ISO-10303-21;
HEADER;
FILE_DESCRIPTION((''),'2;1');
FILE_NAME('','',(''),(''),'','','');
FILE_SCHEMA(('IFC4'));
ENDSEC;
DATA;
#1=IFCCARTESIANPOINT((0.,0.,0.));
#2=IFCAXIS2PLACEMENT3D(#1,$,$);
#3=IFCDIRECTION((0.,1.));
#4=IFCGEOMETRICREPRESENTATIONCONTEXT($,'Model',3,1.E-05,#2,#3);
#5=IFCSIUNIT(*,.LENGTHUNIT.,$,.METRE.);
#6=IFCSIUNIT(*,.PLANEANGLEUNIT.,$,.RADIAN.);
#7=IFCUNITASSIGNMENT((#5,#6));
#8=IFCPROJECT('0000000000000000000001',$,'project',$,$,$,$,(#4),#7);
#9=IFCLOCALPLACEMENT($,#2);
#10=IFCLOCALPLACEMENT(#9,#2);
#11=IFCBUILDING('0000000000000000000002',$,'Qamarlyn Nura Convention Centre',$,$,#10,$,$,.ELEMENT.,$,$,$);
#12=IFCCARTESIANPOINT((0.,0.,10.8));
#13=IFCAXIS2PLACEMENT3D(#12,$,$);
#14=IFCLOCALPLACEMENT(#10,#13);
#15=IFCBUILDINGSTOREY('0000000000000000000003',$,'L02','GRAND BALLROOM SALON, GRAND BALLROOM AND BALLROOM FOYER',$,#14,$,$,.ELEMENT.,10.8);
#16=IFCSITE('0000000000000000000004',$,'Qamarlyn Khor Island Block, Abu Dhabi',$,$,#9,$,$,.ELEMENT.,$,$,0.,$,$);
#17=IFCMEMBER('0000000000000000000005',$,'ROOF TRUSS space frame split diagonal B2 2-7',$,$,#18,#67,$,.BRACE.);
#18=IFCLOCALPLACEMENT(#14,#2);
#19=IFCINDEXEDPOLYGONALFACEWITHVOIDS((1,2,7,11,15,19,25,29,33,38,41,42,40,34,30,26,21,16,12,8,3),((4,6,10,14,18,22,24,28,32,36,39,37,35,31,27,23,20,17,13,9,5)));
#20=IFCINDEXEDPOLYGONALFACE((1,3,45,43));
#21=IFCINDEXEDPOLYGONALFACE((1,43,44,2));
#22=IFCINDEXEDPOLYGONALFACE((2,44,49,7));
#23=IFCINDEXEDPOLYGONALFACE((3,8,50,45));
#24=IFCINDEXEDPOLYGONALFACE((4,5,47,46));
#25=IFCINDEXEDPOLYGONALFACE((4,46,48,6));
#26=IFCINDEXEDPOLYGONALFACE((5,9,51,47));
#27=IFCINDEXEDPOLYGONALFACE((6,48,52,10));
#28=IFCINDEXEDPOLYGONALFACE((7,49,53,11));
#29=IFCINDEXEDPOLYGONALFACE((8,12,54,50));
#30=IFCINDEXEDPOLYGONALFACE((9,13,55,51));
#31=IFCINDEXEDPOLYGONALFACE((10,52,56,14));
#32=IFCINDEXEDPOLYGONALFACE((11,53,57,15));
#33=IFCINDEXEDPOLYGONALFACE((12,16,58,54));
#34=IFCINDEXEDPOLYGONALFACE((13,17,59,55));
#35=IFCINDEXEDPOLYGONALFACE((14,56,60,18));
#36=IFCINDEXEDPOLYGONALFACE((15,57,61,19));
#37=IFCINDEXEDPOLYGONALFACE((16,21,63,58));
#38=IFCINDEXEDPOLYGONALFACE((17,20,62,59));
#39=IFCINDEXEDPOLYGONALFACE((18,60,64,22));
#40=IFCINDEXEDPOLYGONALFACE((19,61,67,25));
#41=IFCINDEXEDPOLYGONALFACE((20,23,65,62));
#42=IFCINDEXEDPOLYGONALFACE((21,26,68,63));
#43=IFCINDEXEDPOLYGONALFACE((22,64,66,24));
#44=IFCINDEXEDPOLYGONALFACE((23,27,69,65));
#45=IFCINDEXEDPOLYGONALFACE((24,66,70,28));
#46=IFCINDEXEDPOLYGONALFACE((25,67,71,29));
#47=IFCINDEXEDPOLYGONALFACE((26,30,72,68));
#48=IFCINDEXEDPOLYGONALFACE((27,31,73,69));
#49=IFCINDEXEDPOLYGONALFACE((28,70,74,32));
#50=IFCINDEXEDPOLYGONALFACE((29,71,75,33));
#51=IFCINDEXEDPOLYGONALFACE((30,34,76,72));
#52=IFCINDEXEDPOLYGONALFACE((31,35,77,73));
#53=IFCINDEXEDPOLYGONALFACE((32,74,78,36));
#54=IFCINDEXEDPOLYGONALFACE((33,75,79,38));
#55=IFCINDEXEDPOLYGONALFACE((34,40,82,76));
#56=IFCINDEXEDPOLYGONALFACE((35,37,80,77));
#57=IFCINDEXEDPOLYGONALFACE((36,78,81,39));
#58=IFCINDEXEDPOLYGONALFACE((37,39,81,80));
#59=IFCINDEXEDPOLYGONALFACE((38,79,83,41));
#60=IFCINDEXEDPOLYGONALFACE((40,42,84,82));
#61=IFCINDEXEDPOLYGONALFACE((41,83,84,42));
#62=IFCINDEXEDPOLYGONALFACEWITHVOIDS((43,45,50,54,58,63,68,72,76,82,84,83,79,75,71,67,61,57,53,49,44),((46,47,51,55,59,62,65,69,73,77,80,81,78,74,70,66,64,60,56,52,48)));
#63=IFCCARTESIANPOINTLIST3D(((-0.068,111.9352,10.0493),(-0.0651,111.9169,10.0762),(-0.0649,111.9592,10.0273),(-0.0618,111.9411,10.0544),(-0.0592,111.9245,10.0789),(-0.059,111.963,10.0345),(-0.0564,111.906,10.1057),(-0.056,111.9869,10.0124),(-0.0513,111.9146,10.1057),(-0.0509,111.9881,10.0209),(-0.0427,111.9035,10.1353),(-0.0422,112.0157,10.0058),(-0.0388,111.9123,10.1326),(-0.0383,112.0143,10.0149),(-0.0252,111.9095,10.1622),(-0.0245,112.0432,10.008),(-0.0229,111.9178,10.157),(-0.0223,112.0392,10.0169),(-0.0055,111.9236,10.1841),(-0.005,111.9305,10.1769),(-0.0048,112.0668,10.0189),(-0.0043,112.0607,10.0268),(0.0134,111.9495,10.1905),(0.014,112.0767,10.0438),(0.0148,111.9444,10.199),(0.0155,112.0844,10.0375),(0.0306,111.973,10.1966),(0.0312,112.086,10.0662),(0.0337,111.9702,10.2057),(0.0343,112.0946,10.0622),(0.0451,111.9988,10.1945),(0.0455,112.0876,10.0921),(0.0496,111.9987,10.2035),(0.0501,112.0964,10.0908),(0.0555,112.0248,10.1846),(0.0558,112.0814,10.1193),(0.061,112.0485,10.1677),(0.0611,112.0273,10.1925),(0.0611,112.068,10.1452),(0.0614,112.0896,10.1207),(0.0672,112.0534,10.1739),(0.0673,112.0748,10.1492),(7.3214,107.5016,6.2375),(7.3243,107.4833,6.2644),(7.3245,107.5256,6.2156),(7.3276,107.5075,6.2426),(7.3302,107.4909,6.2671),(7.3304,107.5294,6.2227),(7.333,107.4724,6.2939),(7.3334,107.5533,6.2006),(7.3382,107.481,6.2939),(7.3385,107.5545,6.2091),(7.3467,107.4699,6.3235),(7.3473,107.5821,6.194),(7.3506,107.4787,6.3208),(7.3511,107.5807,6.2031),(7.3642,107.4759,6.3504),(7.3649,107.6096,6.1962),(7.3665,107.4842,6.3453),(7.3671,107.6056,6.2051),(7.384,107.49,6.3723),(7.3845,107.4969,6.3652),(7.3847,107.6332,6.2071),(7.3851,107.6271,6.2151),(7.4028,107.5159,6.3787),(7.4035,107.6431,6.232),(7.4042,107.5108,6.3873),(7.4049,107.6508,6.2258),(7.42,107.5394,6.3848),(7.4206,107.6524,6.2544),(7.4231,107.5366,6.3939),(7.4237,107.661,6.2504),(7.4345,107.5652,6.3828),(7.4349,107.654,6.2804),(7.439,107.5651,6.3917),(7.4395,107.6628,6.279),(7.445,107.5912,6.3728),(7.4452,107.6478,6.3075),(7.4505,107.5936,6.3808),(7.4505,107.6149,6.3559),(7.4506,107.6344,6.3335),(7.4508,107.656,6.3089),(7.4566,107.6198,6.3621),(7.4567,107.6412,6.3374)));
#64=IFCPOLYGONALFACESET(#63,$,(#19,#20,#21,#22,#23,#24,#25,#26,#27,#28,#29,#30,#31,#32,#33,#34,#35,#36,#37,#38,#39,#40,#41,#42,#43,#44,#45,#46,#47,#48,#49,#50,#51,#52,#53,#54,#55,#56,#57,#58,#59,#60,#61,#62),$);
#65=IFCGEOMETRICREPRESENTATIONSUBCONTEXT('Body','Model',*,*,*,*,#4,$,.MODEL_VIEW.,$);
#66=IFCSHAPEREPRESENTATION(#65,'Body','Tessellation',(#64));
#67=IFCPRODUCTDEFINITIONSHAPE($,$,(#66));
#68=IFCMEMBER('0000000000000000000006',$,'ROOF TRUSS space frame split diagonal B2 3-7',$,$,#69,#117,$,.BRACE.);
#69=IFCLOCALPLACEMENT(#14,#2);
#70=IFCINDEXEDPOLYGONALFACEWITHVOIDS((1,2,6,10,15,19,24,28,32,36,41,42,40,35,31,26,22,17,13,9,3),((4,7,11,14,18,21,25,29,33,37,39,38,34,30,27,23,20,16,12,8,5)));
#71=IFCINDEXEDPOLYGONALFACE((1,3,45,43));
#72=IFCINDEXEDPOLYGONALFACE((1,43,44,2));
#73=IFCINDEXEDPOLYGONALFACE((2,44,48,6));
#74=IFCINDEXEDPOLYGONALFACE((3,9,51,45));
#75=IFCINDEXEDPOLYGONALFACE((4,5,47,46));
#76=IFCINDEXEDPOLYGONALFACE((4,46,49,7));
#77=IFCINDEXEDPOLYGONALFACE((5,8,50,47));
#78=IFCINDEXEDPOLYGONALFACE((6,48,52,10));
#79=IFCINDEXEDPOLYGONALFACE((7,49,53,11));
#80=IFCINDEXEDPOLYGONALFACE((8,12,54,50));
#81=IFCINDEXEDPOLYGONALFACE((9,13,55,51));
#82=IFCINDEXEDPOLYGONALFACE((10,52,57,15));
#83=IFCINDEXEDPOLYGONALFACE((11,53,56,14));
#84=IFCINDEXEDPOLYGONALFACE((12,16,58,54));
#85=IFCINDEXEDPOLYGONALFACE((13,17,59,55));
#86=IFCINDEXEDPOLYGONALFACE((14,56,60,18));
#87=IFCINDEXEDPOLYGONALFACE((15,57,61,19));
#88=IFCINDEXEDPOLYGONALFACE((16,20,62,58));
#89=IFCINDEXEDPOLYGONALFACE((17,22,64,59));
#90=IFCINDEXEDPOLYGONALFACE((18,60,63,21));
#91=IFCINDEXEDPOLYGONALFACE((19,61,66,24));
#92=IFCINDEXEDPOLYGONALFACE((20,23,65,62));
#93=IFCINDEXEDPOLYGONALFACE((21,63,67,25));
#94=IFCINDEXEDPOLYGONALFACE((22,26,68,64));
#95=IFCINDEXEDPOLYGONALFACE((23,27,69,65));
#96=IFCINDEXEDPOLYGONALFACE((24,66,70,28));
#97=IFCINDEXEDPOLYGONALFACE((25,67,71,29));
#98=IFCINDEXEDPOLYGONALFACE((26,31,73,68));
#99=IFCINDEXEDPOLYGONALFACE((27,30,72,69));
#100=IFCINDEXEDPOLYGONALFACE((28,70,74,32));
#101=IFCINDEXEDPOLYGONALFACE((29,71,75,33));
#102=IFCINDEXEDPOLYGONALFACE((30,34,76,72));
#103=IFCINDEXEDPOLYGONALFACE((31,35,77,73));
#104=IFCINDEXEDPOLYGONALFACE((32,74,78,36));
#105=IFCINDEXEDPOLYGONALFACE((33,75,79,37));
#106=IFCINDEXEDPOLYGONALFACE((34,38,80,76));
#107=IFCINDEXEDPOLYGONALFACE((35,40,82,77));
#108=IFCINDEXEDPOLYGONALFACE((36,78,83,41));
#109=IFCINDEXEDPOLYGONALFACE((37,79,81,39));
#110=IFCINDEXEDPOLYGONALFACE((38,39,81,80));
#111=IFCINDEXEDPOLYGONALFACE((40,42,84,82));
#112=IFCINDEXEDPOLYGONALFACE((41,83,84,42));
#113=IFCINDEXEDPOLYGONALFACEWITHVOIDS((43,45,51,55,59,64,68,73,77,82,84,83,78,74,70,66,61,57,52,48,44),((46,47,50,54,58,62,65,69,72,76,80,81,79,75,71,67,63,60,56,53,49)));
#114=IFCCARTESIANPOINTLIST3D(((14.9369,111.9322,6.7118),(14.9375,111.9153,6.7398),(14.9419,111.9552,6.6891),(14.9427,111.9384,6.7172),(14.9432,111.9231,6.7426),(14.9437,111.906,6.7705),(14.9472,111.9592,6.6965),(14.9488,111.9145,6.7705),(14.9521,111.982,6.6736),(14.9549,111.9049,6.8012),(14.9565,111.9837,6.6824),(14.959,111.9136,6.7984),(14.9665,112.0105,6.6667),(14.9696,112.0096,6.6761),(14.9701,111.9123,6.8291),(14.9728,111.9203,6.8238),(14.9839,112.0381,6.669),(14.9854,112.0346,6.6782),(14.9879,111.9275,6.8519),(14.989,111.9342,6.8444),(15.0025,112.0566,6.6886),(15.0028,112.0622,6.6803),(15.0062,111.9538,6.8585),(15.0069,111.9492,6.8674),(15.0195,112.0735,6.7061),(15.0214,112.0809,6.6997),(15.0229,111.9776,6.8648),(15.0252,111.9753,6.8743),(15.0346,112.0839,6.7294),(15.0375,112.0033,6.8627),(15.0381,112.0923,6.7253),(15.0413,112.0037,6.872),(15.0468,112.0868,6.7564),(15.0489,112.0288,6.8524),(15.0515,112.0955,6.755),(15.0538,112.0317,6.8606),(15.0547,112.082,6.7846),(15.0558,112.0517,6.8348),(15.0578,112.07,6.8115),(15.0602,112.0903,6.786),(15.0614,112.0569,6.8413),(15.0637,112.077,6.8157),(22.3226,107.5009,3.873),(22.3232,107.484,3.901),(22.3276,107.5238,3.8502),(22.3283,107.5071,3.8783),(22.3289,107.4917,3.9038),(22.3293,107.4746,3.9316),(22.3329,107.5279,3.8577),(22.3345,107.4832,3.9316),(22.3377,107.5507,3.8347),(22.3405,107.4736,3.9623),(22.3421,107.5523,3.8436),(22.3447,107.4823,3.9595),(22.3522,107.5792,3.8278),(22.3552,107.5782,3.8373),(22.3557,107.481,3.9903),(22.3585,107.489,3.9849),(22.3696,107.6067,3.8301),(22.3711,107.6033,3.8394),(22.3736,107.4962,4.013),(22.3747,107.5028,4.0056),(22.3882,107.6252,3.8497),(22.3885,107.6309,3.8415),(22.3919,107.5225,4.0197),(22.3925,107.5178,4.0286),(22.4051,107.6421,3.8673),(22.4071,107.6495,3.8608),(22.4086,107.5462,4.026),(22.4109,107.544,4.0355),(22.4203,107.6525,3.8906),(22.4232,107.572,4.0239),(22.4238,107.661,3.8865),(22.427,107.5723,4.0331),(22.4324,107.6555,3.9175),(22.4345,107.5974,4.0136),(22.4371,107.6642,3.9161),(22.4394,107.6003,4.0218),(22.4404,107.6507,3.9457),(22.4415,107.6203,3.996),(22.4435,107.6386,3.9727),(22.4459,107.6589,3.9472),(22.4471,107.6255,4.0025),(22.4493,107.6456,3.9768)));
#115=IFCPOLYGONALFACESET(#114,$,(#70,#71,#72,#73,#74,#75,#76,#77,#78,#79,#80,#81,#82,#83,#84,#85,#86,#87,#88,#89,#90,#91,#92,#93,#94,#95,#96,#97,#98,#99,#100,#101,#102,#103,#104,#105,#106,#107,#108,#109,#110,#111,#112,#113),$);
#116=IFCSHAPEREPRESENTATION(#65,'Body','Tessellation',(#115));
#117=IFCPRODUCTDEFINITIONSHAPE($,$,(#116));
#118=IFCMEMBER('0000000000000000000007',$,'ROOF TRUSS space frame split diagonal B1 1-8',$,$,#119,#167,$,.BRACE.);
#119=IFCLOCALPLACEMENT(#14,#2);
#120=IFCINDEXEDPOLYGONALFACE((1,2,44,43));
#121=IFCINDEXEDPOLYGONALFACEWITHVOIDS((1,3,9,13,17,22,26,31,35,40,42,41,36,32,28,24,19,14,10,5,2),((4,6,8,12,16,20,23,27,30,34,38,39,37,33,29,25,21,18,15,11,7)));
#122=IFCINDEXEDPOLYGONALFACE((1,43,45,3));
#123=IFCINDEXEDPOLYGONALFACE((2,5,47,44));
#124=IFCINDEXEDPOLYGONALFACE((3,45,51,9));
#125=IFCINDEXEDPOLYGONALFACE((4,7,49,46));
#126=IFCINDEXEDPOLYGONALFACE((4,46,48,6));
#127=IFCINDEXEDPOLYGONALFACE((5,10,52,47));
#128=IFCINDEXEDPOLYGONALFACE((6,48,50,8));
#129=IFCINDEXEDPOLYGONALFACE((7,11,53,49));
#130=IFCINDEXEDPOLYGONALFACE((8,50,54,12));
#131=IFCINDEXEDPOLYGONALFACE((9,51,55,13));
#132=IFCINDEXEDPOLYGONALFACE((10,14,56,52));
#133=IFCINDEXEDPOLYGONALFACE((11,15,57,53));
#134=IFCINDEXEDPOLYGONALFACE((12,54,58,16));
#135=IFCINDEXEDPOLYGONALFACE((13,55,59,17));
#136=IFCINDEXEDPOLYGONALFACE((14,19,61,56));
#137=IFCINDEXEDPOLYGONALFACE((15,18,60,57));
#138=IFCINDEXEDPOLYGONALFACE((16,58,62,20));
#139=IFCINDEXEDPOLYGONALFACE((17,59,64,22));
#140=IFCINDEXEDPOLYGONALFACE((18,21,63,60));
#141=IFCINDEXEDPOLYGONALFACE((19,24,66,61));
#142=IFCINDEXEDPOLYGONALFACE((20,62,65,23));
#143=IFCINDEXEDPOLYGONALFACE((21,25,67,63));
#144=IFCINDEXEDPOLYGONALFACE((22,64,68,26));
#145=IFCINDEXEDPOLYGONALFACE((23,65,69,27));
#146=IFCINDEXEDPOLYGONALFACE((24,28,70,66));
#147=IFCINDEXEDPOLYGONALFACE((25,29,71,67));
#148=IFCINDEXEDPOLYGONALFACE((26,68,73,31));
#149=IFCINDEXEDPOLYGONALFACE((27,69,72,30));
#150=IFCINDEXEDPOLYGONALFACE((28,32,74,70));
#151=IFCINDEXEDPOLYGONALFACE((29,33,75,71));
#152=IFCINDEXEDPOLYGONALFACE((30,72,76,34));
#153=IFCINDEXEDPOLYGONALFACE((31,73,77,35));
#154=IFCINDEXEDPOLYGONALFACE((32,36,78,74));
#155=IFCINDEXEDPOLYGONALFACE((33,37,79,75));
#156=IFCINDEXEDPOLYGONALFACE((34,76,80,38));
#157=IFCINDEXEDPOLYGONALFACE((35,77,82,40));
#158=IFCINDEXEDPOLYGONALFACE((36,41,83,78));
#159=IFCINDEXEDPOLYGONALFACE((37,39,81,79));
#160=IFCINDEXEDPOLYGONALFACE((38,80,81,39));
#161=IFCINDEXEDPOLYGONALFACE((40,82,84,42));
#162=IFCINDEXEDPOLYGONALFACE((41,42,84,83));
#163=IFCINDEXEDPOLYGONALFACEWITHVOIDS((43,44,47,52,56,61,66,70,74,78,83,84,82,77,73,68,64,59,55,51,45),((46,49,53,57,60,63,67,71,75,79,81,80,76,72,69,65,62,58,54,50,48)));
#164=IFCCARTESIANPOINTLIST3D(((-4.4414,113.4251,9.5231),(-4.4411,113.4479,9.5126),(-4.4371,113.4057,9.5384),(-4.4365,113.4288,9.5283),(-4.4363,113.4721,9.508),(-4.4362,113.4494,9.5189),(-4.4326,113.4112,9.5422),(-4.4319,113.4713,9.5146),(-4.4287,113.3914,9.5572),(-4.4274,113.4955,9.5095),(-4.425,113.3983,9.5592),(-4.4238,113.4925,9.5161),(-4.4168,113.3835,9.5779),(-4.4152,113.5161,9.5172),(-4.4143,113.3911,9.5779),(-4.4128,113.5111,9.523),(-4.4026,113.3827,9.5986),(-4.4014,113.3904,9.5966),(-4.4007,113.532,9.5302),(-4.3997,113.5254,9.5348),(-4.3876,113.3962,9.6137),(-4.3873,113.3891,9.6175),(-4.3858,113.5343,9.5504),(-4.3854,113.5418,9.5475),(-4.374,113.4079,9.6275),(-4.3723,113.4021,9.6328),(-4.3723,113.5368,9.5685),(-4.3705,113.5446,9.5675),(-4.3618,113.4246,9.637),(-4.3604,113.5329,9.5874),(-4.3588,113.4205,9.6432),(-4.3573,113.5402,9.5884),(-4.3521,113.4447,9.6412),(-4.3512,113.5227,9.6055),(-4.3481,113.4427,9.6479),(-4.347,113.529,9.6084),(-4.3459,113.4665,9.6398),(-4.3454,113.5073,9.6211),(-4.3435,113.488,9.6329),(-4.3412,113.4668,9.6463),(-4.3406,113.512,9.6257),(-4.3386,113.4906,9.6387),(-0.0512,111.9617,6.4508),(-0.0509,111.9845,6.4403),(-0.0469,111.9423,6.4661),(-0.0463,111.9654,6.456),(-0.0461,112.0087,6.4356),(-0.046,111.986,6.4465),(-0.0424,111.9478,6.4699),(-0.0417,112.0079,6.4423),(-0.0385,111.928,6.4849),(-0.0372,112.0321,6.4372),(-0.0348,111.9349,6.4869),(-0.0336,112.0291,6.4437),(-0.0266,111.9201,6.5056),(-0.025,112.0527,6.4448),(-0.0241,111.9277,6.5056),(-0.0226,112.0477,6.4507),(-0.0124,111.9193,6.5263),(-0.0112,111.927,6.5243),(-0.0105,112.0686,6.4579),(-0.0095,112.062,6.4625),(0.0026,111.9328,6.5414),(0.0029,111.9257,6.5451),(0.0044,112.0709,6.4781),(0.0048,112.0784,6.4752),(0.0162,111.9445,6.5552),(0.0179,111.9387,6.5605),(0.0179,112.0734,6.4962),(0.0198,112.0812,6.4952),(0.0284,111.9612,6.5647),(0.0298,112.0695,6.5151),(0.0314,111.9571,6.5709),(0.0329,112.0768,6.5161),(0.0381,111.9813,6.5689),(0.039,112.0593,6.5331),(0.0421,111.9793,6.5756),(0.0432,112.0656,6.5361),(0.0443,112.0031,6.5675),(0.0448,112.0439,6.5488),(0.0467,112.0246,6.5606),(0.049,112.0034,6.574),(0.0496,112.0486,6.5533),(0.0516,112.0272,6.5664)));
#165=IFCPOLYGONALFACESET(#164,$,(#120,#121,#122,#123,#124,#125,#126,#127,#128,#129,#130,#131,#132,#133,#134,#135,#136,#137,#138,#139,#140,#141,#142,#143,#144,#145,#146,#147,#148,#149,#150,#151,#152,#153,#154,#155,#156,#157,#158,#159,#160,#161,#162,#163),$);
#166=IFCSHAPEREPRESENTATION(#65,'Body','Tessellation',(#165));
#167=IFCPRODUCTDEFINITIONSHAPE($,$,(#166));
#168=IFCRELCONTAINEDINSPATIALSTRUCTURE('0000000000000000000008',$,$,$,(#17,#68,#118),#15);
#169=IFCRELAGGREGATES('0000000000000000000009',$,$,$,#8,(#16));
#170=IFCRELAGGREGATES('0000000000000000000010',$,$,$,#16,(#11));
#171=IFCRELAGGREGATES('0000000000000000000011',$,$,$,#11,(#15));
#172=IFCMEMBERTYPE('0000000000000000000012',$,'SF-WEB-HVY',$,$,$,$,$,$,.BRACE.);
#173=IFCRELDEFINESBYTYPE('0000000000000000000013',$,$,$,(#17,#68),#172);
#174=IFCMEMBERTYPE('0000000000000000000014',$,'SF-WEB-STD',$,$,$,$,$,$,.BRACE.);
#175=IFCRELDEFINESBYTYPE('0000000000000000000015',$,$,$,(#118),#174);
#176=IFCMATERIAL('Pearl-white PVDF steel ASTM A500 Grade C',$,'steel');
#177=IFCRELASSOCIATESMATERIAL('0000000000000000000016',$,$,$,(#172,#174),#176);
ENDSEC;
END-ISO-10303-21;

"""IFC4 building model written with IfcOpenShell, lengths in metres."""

from ifc_helpers import new_model, si_unit, direction, frame, origin, origin_2d, place, context, subcontext, project, spatial, hollow_circle, extrude, material, material_profile, profile_set, type_object, element, save


model = new_model("IFC4")

# Units and contexts
model_context = context("Model", 3, precision=1e-05, world=origin(), true_north=direction((0.0, 1.0)))
body_context = subcontext(model_context, "Body", "Model", "MODEL_VIEW")
ifc_project = project(units=[si_unit("LENGTHUNIT", "METRE"), si_unit("PLANEANGLEUNIT", "RADIAN")], contexts=[model_context])

# Site, building, storey
site_placement = place(None, origin())
site = spatial("IfcSite", under=ifc_project, at=site_placement, Name="Qamarlyn Khor Island Block, Abu Dhabi", CompositionType="ELEMENT", RefElevation=0.0)
building_placement = place(site_placement, origin())
building = spatial("IfcBuilding", under=site, at=building_placement, Name="Qamarlyn Nura Convention Centre", CompositionType="ELEMENT")
storey_placement = place(building_placement, frame((0.0, 0.0, 10.8)))
storey = spatial("IfcBuildingStorey", under=building, at=storey_placement, Name="L02", Description="GRAND BALLROOM SALON, GRAND BALLROOM AND BALLROOM FOYER", CompositionType="ELEMENT", Elevation=10.8)

# Members
ifc_material_1 = material(Name="Pearl-white PVDF steel ASTM A500 Grade C", Category="steel")
ifc_material_profile_1 = material_profile(ifc_material_1, hollow_circle(Radius=0.1096, WallThickness=0.01, at=origin_2d()), Name="CHS219.1X10")
ifc_profile_set_1 = profile_set([ifc_material_profile_1], Name="Pearl-white PVDF steel ASTM A500 Grade C")
member_type_1 = type_object("IfcMemberType", Name="SF-WEB-HVY", PredefinedType="BRACE", material=ifc_profile_set_1)
member_1_placement = place(storey_placement, frame((7.3894, 107.5664, 6.2939), z_axis=(-0.784203, 0.470516, 0.404525), x_axis=(-0.514492, -0.857495, 0.0)))
element("IfcMember", 1, at=member_1_placement, inside=storey, type_object=member_type_1, Name="ROOF TRUSS space frame split diagonal B2 2-7", PredefinedType="BRACE", context=body_context, shape_type="SweptSolid", body=[
    extrude(hollow_circle(Radius=0.1096, WallThickness=0.01, at=origin_2d()), origin(), (0.0, 0.0, 1.0), 9.4229),
])
member_2_placement = place(storey_placement, frame((22.3857, 107.5686, 3.9316), z_axis=(-0.8144, 0.488635, 0.313032), x_axis=(-0.514492, -0.857495, 0.0)))
element("IfcMember", 2, at=member_2_placement, inside=storey, type_object=member_type_1, Name="ROOF TRUSS space frame split diagonal B2 3-7", PredefinedType="BRACE", context=body_context, shape_type="SweptSolid", body=[
    extrude(hollow_circle(Radius=0.1096, WallThickness=0.01, at=origin_2d()), origin(), (0.0, 0.0, 1.0), 9.0688),
])
ifc_material_profile_2 = material_profile(ifc_material_1, hollow_circle(Radius=0.0842, WallThickness=0.0081, at=origin_2d()), Name="CHS168.3X8")
ifc_profile_set_2 = profile_set([ifc_material_profile_2], Name="Pearl-white PVDF steel ASTM A500 Grade C")
member_type_2 = type_object("IfcMemberType", Name="SF-WEB-STD", PredefinedType="BRACE", material=ifc_profile_set_2)
member_3_placement = place(storey_placement, frame((0.0, 112.0, 6.5056), z_axis=(-0.79036, 0.263453, 0.553103), x_axis=(-0.316228, -0.948683, 0.0)))
element("IfcMember", 3, at=member_3_placement, inside=storey, type_object=member_type_2, Name="ROOF TRUSS space frame split diagonal B1 1-8", PredefinedType="BRACE", context=body_context, shape_type="SweptSolid", body=[
    extrude(hollow_circle(Radius=0.0842, WallThickness=0.0081, at=origin_2d()), origin(), (0.0, 0.0, 1.0), 5.5547),
])

save(model, "model.ifc")
